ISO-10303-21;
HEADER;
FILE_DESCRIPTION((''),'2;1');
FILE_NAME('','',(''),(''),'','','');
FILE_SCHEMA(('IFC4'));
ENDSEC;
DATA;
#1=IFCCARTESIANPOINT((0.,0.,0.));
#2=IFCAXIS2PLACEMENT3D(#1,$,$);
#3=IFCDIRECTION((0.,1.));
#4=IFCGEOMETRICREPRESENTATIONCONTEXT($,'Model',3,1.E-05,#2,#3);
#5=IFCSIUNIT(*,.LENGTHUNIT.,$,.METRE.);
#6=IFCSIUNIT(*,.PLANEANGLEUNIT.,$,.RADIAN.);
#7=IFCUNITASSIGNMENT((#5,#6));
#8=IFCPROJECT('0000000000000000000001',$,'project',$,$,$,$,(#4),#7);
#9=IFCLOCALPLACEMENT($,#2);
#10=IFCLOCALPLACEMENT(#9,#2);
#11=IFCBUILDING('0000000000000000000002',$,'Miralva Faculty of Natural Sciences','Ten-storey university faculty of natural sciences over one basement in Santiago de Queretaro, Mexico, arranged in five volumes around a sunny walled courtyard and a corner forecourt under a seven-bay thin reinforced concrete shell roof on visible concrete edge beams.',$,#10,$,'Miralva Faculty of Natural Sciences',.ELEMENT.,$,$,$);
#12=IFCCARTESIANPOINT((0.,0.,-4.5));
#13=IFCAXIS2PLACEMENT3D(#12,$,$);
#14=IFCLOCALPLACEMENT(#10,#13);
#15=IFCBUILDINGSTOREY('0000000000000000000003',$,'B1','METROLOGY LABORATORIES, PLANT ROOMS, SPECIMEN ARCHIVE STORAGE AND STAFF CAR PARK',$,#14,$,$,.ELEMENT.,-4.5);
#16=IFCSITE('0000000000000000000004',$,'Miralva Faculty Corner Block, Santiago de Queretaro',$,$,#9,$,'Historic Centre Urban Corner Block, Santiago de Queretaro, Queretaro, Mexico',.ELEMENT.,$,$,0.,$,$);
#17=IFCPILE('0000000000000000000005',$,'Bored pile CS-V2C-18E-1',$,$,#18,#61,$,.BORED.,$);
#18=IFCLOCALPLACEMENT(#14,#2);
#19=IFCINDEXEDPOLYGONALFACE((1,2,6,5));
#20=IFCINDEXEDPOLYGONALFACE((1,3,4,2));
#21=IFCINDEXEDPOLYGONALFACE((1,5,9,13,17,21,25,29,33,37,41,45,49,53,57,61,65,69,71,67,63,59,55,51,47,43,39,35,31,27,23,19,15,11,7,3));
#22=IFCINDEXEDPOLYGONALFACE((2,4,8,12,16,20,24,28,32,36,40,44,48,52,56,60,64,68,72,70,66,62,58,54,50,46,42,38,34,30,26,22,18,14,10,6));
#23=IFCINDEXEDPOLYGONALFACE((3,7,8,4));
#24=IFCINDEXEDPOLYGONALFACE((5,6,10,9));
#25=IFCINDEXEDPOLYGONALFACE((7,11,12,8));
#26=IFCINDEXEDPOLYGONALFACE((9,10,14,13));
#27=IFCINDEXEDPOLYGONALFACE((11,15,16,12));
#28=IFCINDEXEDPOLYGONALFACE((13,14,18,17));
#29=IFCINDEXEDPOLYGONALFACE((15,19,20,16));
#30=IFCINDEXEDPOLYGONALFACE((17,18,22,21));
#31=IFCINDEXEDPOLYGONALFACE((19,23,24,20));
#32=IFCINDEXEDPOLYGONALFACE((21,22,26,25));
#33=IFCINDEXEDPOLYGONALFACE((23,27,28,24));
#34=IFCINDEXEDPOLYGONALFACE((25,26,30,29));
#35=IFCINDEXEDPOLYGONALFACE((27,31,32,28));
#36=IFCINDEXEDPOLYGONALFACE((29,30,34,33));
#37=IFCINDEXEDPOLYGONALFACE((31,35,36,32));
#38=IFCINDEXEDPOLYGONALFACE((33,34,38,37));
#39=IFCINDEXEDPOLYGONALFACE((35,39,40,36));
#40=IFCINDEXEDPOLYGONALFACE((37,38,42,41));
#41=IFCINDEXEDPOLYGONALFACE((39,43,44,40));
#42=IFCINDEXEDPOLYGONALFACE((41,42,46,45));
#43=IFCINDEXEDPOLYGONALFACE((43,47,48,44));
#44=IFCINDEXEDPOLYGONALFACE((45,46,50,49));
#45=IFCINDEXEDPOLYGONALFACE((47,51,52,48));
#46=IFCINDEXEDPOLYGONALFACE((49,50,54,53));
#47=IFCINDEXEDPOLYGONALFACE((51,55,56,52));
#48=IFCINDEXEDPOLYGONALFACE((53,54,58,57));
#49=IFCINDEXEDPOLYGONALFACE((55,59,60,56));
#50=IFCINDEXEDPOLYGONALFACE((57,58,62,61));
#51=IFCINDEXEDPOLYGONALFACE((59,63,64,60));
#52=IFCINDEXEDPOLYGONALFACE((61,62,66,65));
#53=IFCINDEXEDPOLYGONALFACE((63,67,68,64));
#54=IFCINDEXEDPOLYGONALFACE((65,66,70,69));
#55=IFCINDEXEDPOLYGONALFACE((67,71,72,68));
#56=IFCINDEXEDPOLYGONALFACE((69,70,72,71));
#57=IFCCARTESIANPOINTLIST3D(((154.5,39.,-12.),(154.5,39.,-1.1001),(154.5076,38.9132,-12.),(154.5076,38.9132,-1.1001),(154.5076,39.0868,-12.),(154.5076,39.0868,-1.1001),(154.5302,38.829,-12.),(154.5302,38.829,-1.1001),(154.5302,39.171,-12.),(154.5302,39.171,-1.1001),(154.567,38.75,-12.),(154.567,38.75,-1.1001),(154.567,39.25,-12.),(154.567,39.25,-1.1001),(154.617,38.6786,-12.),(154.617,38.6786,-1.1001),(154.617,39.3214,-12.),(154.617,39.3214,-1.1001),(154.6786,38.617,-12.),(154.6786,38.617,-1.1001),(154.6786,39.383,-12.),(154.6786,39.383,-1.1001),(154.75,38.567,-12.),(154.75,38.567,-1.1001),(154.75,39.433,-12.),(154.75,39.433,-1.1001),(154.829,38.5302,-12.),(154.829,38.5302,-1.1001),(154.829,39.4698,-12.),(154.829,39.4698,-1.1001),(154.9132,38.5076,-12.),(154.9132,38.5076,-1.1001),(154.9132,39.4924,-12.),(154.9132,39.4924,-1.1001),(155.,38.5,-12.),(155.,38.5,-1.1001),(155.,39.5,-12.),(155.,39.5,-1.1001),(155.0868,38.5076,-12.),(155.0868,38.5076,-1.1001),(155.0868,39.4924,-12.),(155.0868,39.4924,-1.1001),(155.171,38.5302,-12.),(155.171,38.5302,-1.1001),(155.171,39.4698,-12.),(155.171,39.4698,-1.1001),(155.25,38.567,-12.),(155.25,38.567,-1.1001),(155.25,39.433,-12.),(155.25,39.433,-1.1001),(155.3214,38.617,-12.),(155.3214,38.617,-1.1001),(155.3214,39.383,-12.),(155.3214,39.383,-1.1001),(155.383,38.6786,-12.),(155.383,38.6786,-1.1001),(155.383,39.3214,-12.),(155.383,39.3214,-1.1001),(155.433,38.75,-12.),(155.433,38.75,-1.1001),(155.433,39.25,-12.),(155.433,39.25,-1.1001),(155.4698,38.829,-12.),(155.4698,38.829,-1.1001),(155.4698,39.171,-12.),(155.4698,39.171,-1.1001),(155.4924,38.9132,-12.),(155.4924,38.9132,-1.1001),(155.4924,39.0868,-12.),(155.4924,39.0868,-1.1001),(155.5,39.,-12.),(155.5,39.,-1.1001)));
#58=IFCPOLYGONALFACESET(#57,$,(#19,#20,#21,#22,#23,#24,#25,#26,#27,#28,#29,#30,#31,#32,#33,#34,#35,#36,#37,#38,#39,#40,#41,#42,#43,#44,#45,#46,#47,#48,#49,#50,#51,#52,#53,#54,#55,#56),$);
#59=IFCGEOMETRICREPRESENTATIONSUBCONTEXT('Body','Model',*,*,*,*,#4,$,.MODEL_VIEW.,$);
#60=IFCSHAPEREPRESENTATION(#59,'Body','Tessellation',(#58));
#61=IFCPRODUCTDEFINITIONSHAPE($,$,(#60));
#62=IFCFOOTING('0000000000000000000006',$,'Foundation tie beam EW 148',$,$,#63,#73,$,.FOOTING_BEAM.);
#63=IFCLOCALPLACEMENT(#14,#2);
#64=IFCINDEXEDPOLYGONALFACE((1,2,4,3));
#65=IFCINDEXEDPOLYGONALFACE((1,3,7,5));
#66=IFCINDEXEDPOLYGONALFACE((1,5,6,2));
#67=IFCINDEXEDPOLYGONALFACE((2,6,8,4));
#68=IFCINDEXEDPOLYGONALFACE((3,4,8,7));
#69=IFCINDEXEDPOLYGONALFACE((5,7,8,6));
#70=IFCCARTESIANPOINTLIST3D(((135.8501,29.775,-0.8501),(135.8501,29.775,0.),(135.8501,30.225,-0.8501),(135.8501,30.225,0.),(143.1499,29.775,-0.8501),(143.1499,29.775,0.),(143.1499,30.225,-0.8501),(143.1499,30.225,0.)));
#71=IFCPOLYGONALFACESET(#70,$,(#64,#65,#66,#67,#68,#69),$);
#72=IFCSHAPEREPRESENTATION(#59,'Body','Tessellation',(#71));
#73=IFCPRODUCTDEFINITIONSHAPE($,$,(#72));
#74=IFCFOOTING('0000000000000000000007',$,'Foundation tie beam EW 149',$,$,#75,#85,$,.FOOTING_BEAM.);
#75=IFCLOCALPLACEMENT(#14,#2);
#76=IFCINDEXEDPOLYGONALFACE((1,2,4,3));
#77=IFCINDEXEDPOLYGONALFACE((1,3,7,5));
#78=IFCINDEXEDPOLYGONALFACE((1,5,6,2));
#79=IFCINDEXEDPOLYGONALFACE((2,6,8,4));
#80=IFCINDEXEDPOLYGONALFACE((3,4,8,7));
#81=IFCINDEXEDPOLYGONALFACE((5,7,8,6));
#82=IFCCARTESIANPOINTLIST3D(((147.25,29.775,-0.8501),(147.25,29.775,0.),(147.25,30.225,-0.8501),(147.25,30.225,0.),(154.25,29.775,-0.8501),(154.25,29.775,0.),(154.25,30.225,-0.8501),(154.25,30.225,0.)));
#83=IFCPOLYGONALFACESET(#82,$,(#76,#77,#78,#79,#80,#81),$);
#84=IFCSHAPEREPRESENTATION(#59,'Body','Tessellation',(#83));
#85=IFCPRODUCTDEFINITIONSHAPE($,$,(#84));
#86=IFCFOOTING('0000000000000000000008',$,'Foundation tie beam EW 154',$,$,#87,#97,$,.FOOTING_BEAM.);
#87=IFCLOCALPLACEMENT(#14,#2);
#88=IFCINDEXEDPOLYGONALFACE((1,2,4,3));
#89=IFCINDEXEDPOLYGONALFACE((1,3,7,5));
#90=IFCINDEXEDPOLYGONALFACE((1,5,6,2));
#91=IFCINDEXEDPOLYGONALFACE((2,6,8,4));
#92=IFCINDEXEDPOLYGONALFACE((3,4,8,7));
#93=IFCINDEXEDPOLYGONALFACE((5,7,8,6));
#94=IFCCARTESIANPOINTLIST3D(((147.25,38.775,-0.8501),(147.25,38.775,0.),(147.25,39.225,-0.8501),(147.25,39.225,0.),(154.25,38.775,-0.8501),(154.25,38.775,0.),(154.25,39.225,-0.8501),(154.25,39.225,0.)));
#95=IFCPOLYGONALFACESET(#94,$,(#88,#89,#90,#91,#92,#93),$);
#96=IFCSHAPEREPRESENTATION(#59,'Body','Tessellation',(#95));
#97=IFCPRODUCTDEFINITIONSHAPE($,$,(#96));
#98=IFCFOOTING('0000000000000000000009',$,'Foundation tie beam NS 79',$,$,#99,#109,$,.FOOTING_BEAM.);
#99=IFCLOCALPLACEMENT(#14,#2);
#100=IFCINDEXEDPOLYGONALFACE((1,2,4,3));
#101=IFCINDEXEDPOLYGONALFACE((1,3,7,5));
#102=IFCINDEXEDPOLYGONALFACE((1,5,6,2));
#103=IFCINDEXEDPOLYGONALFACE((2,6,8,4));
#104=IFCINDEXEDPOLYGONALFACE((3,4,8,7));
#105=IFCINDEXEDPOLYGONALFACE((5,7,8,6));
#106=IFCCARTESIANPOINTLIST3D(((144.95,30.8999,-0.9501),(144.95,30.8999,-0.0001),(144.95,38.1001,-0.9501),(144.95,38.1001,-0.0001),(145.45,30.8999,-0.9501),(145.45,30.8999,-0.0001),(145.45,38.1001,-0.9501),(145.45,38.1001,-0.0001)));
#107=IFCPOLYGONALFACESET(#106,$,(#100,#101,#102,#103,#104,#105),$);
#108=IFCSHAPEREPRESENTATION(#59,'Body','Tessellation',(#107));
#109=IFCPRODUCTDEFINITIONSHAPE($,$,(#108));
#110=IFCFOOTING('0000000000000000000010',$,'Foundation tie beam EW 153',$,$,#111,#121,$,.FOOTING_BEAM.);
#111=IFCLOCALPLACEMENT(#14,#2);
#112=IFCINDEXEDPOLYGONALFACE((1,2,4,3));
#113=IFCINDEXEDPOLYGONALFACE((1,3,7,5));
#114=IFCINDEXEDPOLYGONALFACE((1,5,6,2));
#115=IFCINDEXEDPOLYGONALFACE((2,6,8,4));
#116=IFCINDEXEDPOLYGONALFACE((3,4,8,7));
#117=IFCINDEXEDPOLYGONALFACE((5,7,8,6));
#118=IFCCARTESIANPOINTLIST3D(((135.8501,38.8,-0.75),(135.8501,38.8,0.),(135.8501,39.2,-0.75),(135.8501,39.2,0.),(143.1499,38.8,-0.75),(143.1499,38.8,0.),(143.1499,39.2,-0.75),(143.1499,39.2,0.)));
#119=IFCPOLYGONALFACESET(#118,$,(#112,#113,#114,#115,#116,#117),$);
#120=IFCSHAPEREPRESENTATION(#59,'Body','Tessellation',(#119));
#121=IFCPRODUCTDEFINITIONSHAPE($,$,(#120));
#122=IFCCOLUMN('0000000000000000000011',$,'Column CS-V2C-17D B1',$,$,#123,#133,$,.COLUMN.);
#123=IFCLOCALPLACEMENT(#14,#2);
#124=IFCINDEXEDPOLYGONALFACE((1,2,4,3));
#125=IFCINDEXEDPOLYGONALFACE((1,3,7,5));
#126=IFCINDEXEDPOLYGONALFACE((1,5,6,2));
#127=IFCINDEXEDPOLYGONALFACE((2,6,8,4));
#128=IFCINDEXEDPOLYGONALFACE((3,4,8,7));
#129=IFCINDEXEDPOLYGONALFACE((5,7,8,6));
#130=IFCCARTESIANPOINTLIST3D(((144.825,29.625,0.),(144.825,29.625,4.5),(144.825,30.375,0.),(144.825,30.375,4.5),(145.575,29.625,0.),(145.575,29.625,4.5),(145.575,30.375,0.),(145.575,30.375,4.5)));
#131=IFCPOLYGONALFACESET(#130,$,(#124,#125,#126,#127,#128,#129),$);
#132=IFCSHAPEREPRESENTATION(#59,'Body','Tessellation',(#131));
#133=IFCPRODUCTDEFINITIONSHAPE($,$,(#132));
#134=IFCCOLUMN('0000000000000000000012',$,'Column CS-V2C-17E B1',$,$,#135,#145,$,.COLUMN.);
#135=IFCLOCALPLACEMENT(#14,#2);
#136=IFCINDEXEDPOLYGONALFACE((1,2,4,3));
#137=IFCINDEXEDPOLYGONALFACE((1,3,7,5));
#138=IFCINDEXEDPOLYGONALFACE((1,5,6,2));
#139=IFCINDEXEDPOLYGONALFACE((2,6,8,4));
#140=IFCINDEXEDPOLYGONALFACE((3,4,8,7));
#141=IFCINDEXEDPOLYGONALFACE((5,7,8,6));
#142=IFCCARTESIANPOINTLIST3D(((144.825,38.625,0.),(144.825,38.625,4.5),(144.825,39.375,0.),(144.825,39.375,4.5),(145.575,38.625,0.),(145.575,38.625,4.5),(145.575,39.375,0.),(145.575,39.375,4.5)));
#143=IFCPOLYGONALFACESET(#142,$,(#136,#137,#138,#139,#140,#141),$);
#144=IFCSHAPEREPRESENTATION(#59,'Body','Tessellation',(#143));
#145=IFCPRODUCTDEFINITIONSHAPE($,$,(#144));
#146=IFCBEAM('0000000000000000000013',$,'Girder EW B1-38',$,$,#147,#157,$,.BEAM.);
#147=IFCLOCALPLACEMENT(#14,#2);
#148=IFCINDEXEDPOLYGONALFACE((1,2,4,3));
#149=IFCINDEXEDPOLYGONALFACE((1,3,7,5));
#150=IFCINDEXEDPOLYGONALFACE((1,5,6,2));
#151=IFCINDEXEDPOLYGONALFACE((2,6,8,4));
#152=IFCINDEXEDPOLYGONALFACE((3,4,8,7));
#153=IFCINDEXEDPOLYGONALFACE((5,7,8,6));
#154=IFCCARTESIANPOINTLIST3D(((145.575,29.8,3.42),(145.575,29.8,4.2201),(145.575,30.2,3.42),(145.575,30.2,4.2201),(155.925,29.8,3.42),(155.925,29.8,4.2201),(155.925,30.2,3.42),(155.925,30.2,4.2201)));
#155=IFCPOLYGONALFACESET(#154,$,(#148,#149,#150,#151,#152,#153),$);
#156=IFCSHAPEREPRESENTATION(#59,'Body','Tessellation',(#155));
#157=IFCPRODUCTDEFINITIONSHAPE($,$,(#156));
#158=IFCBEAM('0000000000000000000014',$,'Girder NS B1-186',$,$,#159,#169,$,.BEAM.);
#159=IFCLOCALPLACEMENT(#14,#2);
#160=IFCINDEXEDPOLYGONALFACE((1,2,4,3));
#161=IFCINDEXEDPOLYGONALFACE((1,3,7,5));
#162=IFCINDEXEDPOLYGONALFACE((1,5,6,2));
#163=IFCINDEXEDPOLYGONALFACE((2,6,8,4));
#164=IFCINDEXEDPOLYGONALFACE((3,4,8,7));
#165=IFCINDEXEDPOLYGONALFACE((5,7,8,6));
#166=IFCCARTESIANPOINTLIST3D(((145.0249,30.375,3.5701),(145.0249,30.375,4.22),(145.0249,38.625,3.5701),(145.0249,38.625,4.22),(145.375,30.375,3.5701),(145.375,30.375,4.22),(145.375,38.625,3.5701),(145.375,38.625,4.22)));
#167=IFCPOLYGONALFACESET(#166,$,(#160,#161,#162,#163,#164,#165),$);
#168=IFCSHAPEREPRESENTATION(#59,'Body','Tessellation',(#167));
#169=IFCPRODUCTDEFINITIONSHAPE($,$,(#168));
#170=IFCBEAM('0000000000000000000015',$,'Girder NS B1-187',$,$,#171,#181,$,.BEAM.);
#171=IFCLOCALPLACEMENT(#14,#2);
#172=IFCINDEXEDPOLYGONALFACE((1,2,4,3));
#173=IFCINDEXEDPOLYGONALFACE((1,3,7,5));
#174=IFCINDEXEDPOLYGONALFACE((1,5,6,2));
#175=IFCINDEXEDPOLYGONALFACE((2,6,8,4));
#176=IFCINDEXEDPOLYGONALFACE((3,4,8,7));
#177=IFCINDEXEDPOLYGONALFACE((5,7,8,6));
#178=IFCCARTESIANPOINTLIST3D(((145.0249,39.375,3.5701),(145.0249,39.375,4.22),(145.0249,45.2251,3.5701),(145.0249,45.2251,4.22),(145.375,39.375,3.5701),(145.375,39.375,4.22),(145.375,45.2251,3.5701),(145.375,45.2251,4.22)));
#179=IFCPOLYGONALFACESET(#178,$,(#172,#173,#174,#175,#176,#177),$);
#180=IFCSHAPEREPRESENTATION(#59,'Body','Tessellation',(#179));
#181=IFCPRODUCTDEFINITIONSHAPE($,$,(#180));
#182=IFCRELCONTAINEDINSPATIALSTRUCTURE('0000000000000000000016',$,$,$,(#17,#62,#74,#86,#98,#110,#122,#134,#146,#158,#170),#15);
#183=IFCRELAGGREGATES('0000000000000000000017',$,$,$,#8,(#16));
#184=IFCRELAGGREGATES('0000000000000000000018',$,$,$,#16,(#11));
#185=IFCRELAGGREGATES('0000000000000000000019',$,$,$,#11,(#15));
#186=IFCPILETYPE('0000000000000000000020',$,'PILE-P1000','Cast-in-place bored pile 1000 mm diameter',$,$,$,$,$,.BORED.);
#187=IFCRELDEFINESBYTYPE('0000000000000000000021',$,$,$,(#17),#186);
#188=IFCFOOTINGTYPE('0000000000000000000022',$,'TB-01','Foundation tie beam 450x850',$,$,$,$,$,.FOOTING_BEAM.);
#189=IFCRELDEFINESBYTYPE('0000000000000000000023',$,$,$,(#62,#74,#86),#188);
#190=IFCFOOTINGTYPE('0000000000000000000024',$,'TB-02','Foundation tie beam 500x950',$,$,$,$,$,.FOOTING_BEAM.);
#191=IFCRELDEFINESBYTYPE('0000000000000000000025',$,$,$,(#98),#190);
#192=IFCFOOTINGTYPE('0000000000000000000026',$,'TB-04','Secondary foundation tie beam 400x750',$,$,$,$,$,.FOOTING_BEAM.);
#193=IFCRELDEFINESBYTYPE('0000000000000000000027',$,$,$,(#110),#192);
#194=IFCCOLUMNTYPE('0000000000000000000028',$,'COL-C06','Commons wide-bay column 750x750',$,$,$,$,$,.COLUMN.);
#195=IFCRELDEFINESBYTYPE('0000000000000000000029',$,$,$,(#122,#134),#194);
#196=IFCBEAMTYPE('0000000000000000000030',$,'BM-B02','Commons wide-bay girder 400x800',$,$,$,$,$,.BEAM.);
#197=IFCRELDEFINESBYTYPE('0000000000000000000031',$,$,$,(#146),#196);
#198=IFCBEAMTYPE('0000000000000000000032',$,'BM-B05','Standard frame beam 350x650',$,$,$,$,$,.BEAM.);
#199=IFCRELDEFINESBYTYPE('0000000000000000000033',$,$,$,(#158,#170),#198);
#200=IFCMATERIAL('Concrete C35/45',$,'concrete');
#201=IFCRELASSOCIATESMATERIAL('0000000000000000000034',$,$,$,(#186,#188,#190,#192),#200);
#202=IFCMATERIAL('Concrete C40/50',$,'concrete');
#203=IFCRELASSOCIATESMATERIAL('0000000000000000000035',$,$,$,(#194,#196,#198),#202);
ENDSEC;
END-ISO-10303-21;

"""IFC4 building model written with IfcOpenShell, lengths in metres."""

from ifc_helpers import new_model, si_unit, direction, frame, origin, origin_2d, place, context, subcontext, project, spatial, rectangle, circle, extrude, material, material_profile, profile_set, type_object, element, save


model = new_model("IFC4")

# Units and contexts
model_context = context("Model", 3, precision=1e-05, world=origin(), true_north=direction((0.0, 1.0)))
body_context = subcontext(model_context, "Body", "Model", "MODEL_VIEW")
ifc_project = project(units=[si_unit("LENGTHUNIT", "METRE"), si_unit("PLANEANGLEUNIT", "RADIAN")], contexts=[model_context])

# Site, building, storey
site_placement = place(None, origin())
site = spatial("IfcSite", under=ifc_project, at=site_placement, Name="Miralva Faculty Corner Block, Santiago de Queretaro", LongName="Historic Centre Urban Corner Block, Santiago de Queretaro, Queretaro, Mexico", CompositionType="ELEMENT", RefElevation=0.0)
building_placement = place(site_placement, origin())
building = spatial("IfcBuilding", under=site, at=building_placement, Name="Miralva Faculty of Natural Sciences", Description="Ten-storey university faculty of natural sciences over one basement in Santiago de Queretaro, Mexico, arranged in five volumes around a sunny walled courtyard and a corner forecourt under a seven-bay thin reinforced concrete shell roof on visible concrete edge beams.", LongName="Miralva Faculty of Natural Sciences", CompositionType="ELEMENT")
storey_placement = place(building_placement, frame((0.0, 0.0, -4.5)))
storey = spatial("IfcBuildingStorey", under=building, at=storey_placement, Name="B1", Description="METROLOGY LABORATORIES, PLANT ROOMS, SPECIMEN ARCHIVE STORAGE AND STAFF CAR PARK", CompositionType="ELEMENT", Elevation=-4.5)

# Shared definitions
ifc_material_1 = material(Name="Concrete C35/45", Category="concrete")

# Pile
ifc_material_profile_1 = material_profile(ifc_material_1, circle(Radius=0.5, at=origin_2d()), Name="BORED PILE 1000")
ifc_profile_set_1 = profile_set([ifc_material_profile_1], Name="Concrete C35/45")
pile_type = type_object("IfcPileType", Name="PILE-P1000", Description="Cast-in-place bored pile 1000 mm diameter", PredefinedType="BORED", material=ifc_profile_set_1)
for number, where, z_axis, x_axis, name in (
    (1, (155.0, 39.0, -1.1001), (0.0, 0.0, -1.0), (1.0, 0.0, 0.0), "Bored pile CS-V2C-18E-1"),
):
    element("IfcPile", number, at=place(storey_placement, frame(where, z_axis=z_axis, x_axis=x_axis)), inside=storey, type_object=pile_type, Name=name, PredefinedType="BORED", context=body_context, shape_type="SweptSolid", body=[
        extrude(circle(Radius=0.5, at=origin_2d()), origin(), (0.0, 0.0, 1.0), 10.8999),
    ])

# Footings
ifc_material_profile_2 = material_profile(ifc_material_1, rectangle(XDim=0.45, YDim=0.8501, at=origin_2d()), Name="RC 450x850")
ifc_profile_set_2 = profile_set([ifc_material_profile_2], Name="Concrete C35/45")
footing_type_1 = type_object("IfcFootingType", Name="TB-01", Description="Foundation tie beam 450x850", PredefinedType="FOOTING_BEAM", material=ifc_profile_set_2)
footing_1_placement = place(storey_placement, frame((135.8501, 30.0, -0.425), z_axis=(1.0, 0.0, 0.0), x_axis=(0.0, 1.0, 0.0)))
element("IfcFooting", 2, at=footing_1_placement, inside=storey, type_object=footing_type_1, Name="Foundation tie beam EW 148", PredefinedType="FOOTING_BEAM", context=body_context, shape_type="SweptSolid", body=[
    extrude(rectangle(XDim=0.45, YDim=0.8501, at=origin_2d()), origin(), (0.0, 0.0, 1.0), 7.2998),
])
for number, where, z_axis, x_axis, name in (
    (3, (147.25, 30.0, -0.425), (1.0, 0.0, 0.0), (0.0, 1.0, 0.0), "Foundation tie beam EW 149"),
    (4, (147.25, 39.0, -0.425), (1.0, 0.0, 0.0), (0.0, 1.0, 0.0), "Foundation tie beam EW 154"),
):
    element("IfcFooting", number, at=place(storey_placement, frame(where, z_axis=z_axis, x_axis=x_axis)), inside=storey, type_object=footing_type_1, Name=name, PredefinedType="FOOTING_BEAM", context=body_context, shape_type="SweptSolid", body=[
        extrude(rectangle(XDim=0.45, YDim=0.8501, at=origin_2d()), origin(), (0.0, 0.0, 1.0), 7.0),
    ])
ifc_material_profile_3 = material_profile(ifc_material_1, rectangle(XDim=0.5, YDim=0.95, at=origin_2d()), Name="RC 500x950")
ifc_profile_set_3 = profile_set([ifc_material_profile_3], Name="Concrete C35/45")
footing_type_2 = type_object("IfcFootingType", Name="TB-02", Description="Foundation tie beam 500x950", PredefinedType="FOOTING_BEAM", material=ifc_profile_set_3)
footing_2_placement = place(storey_placement, frame((145.2, 30.8999, -0.4751), z_axis=(0.0, 1.0, 0.0), x_axis=(-1.0, 0.0, 0.0)))
element("IfcFooting", 5, at=footing_2_placement, inside=storey, type_object=footing_type_2, Name="Foundation tie beam NS 79", PredefinedType="FOOTING_BEAM", context=body_context, shape_type="SweptSolid", body=[
    extrude(rectangle(XDim=0.5, YDim=0.95, at=origin_2d()), origin(), (0.0, 0.0, 1.0), 7.2002),
])
ifc_material_profile_4 = material_profile(ifc_material_1, rectangle(XDim=0.3999, YDim=0.75, at=origin_2d()), Name="RC 400x750")
ifc_profile_set_4 = profile_set([ifc_material_profile_4], Name="Concrete C35/45")
footing_type_3 = type_object("IfcFootingType", Name="TB-04", Description="Secondary foundation tie beam 400x750", PredefinedType="FOOTING_BEAM", material=ifc_profile_set_4)
footing_3_placement = place(storey_placement, frame((135.8501, 39.0, -0.375), z_axis=(1.0, 0.0, 0.0), x_axis=(0.0, 1.0, 0.0)))
element("IfcFooting", 6, at=footing_3_placement, inside=storey, type_object=footing_type_3, Name="Foundation tie beam EW 153", PredefinedType="FOOTING_BEAM", context=body_context, shape_type="SweptSolid", body=[
    extrude(rectangle(XDim=0.3999, YDim=0.75, at=origin_2d()), origin(), (0.0, 0.0, 1.0), 7.2998),
])

# Columns
ifc_material_2 = material(Name="Concrete C40/50", Category="concrete")
ifc_material_profile_5 = material_profile(ifc_material_2, rectangle(XDim=0.75, YDim=0.75, at=origin_2d()), Name="RC 750x750")
ifc_profile_set_5 = profile_set([ifc_material_profile_5], Name="Concrete C40/50")
column_type = type_object("IfcColumnType", Name="COL-C06", Description="Commons wide-bay column 750x750", PredefinedType="COLUMN", material=ifc_profile_set_5)
for number, where, z_axis, x_axis, name in (
    (7, (145.2, 30.0, 0.0), (0.0, 0.0, 1.0), (1.0, 0.0, 0.0), "Column CS-V2C-17D B1"),
    (8, (145.2, 39.0, 0.0), (0.0, 0.0, 1.0), (1.0, 0.0, 0.0), "Column CS-V2C-17E B1"),
):
    element("IfcColumn", number, at=place(storey_placement, frame(where, z_axis=z_axis, x_axis=x_axis)), inside=storey, type_object=column_type, Name=name, PredefinedType="COLUMN", context=body_context, shape_type="SweptSolid", body=[
        extrude(rectangle(XDim=0.75, YDim=0.75, at=origin_2d()), origin(), (0.0, 0.0, 1.0), 4.5),
    ])

# Beams
ifc_material_profile_6 = material_profile(ifc_material_2, rectangle(XDim=0.3999, YDim=0.8, at=origin_2d()), Name="RC 400x800")
ifc_profile_set_6 = profile_set([ifc_material_profile_6], Name="Concrete C40/50")
beam_type_1 = type_object("IfcBeamType", Name="BM-B02", Description="Commons wide-bay girder 400x800", PredefinedType="BEAM", material=ifc_profile_set_6)
beam_1_placement = place(storey_placement, frame((145.575, 30.0, 3.8201), z_axis=(1.0, 0.0, 0.0), x_axis=(0.0, 1.0, 0.0)))
element("IfcBeam", 9, at=beam_1_placement, inside=storey, type_object=beam_type_1, Name="Girder EW B1-38", PredefinedType="BEAM", context=body_context, shape_type="SweptSolid", body=[
    extrude(rectangle(XDim=0.3999, YDim=0.8, at=origin_2d()), origin(), (0.0, 0.0, 1.0), 10.3501),
])
ifc_material_profile_7 = material_profile(ifc_material_2, rectangle(XDim=0.3501, YDim=0.6499, at=origin_2d()), Name="RC 350x650")
ifc_profile_set_7 = profile_set([ifc_material_profile_7], Name="Concrete C40/50")
beam_type_2 = type_object("IfcBeamType", Name="BM-B05", Description="Standard frame beam 350x650", PredefinedType="BEAM", material=ifc_profile_set_7)
beam_2_placement = place(storey_placement, frame((145.2, 30.375, 3.895), z_axis=(0.0, 1.0, 0.0), x_axis=(-1.0, 0.0, 0.0)))
element("IfcBeam", 10, at=beam_2_placement, inside=storey, type_object=beam_type_2, Name="Girder NS B1-186", PredefinedType="BEAM", context=body_context, shape_type="SweptSolid", body=[
    extrude(rectangle(XDim=0.3501, YDim=0.6499, at=origin_2d()), origin(), (0.0, 0.0, 1.0), 8.25),
])
beam_3_placement = place(storey_placement, frame((145.2, 39.375, 3.895), z_axis=(0.0, 1.0, 0.0), x_axis=(-1.0, 0.0, 0.0)))
element("IfcBeam", 11, at=beam_3_placement, inside=storey, type_object=beam_type_2, Name="Girder NS B1-187", PredefinedType="BEAM", context=body_context, shape_type="SweptSolid", body=[
    extrude(rectangle(XDim=0.3501, YDim=0.6499, at=origin_2d()), origin(), (0.0, 0.0, 1.0), 5.8501),
])

save(model, "model.ifc")
